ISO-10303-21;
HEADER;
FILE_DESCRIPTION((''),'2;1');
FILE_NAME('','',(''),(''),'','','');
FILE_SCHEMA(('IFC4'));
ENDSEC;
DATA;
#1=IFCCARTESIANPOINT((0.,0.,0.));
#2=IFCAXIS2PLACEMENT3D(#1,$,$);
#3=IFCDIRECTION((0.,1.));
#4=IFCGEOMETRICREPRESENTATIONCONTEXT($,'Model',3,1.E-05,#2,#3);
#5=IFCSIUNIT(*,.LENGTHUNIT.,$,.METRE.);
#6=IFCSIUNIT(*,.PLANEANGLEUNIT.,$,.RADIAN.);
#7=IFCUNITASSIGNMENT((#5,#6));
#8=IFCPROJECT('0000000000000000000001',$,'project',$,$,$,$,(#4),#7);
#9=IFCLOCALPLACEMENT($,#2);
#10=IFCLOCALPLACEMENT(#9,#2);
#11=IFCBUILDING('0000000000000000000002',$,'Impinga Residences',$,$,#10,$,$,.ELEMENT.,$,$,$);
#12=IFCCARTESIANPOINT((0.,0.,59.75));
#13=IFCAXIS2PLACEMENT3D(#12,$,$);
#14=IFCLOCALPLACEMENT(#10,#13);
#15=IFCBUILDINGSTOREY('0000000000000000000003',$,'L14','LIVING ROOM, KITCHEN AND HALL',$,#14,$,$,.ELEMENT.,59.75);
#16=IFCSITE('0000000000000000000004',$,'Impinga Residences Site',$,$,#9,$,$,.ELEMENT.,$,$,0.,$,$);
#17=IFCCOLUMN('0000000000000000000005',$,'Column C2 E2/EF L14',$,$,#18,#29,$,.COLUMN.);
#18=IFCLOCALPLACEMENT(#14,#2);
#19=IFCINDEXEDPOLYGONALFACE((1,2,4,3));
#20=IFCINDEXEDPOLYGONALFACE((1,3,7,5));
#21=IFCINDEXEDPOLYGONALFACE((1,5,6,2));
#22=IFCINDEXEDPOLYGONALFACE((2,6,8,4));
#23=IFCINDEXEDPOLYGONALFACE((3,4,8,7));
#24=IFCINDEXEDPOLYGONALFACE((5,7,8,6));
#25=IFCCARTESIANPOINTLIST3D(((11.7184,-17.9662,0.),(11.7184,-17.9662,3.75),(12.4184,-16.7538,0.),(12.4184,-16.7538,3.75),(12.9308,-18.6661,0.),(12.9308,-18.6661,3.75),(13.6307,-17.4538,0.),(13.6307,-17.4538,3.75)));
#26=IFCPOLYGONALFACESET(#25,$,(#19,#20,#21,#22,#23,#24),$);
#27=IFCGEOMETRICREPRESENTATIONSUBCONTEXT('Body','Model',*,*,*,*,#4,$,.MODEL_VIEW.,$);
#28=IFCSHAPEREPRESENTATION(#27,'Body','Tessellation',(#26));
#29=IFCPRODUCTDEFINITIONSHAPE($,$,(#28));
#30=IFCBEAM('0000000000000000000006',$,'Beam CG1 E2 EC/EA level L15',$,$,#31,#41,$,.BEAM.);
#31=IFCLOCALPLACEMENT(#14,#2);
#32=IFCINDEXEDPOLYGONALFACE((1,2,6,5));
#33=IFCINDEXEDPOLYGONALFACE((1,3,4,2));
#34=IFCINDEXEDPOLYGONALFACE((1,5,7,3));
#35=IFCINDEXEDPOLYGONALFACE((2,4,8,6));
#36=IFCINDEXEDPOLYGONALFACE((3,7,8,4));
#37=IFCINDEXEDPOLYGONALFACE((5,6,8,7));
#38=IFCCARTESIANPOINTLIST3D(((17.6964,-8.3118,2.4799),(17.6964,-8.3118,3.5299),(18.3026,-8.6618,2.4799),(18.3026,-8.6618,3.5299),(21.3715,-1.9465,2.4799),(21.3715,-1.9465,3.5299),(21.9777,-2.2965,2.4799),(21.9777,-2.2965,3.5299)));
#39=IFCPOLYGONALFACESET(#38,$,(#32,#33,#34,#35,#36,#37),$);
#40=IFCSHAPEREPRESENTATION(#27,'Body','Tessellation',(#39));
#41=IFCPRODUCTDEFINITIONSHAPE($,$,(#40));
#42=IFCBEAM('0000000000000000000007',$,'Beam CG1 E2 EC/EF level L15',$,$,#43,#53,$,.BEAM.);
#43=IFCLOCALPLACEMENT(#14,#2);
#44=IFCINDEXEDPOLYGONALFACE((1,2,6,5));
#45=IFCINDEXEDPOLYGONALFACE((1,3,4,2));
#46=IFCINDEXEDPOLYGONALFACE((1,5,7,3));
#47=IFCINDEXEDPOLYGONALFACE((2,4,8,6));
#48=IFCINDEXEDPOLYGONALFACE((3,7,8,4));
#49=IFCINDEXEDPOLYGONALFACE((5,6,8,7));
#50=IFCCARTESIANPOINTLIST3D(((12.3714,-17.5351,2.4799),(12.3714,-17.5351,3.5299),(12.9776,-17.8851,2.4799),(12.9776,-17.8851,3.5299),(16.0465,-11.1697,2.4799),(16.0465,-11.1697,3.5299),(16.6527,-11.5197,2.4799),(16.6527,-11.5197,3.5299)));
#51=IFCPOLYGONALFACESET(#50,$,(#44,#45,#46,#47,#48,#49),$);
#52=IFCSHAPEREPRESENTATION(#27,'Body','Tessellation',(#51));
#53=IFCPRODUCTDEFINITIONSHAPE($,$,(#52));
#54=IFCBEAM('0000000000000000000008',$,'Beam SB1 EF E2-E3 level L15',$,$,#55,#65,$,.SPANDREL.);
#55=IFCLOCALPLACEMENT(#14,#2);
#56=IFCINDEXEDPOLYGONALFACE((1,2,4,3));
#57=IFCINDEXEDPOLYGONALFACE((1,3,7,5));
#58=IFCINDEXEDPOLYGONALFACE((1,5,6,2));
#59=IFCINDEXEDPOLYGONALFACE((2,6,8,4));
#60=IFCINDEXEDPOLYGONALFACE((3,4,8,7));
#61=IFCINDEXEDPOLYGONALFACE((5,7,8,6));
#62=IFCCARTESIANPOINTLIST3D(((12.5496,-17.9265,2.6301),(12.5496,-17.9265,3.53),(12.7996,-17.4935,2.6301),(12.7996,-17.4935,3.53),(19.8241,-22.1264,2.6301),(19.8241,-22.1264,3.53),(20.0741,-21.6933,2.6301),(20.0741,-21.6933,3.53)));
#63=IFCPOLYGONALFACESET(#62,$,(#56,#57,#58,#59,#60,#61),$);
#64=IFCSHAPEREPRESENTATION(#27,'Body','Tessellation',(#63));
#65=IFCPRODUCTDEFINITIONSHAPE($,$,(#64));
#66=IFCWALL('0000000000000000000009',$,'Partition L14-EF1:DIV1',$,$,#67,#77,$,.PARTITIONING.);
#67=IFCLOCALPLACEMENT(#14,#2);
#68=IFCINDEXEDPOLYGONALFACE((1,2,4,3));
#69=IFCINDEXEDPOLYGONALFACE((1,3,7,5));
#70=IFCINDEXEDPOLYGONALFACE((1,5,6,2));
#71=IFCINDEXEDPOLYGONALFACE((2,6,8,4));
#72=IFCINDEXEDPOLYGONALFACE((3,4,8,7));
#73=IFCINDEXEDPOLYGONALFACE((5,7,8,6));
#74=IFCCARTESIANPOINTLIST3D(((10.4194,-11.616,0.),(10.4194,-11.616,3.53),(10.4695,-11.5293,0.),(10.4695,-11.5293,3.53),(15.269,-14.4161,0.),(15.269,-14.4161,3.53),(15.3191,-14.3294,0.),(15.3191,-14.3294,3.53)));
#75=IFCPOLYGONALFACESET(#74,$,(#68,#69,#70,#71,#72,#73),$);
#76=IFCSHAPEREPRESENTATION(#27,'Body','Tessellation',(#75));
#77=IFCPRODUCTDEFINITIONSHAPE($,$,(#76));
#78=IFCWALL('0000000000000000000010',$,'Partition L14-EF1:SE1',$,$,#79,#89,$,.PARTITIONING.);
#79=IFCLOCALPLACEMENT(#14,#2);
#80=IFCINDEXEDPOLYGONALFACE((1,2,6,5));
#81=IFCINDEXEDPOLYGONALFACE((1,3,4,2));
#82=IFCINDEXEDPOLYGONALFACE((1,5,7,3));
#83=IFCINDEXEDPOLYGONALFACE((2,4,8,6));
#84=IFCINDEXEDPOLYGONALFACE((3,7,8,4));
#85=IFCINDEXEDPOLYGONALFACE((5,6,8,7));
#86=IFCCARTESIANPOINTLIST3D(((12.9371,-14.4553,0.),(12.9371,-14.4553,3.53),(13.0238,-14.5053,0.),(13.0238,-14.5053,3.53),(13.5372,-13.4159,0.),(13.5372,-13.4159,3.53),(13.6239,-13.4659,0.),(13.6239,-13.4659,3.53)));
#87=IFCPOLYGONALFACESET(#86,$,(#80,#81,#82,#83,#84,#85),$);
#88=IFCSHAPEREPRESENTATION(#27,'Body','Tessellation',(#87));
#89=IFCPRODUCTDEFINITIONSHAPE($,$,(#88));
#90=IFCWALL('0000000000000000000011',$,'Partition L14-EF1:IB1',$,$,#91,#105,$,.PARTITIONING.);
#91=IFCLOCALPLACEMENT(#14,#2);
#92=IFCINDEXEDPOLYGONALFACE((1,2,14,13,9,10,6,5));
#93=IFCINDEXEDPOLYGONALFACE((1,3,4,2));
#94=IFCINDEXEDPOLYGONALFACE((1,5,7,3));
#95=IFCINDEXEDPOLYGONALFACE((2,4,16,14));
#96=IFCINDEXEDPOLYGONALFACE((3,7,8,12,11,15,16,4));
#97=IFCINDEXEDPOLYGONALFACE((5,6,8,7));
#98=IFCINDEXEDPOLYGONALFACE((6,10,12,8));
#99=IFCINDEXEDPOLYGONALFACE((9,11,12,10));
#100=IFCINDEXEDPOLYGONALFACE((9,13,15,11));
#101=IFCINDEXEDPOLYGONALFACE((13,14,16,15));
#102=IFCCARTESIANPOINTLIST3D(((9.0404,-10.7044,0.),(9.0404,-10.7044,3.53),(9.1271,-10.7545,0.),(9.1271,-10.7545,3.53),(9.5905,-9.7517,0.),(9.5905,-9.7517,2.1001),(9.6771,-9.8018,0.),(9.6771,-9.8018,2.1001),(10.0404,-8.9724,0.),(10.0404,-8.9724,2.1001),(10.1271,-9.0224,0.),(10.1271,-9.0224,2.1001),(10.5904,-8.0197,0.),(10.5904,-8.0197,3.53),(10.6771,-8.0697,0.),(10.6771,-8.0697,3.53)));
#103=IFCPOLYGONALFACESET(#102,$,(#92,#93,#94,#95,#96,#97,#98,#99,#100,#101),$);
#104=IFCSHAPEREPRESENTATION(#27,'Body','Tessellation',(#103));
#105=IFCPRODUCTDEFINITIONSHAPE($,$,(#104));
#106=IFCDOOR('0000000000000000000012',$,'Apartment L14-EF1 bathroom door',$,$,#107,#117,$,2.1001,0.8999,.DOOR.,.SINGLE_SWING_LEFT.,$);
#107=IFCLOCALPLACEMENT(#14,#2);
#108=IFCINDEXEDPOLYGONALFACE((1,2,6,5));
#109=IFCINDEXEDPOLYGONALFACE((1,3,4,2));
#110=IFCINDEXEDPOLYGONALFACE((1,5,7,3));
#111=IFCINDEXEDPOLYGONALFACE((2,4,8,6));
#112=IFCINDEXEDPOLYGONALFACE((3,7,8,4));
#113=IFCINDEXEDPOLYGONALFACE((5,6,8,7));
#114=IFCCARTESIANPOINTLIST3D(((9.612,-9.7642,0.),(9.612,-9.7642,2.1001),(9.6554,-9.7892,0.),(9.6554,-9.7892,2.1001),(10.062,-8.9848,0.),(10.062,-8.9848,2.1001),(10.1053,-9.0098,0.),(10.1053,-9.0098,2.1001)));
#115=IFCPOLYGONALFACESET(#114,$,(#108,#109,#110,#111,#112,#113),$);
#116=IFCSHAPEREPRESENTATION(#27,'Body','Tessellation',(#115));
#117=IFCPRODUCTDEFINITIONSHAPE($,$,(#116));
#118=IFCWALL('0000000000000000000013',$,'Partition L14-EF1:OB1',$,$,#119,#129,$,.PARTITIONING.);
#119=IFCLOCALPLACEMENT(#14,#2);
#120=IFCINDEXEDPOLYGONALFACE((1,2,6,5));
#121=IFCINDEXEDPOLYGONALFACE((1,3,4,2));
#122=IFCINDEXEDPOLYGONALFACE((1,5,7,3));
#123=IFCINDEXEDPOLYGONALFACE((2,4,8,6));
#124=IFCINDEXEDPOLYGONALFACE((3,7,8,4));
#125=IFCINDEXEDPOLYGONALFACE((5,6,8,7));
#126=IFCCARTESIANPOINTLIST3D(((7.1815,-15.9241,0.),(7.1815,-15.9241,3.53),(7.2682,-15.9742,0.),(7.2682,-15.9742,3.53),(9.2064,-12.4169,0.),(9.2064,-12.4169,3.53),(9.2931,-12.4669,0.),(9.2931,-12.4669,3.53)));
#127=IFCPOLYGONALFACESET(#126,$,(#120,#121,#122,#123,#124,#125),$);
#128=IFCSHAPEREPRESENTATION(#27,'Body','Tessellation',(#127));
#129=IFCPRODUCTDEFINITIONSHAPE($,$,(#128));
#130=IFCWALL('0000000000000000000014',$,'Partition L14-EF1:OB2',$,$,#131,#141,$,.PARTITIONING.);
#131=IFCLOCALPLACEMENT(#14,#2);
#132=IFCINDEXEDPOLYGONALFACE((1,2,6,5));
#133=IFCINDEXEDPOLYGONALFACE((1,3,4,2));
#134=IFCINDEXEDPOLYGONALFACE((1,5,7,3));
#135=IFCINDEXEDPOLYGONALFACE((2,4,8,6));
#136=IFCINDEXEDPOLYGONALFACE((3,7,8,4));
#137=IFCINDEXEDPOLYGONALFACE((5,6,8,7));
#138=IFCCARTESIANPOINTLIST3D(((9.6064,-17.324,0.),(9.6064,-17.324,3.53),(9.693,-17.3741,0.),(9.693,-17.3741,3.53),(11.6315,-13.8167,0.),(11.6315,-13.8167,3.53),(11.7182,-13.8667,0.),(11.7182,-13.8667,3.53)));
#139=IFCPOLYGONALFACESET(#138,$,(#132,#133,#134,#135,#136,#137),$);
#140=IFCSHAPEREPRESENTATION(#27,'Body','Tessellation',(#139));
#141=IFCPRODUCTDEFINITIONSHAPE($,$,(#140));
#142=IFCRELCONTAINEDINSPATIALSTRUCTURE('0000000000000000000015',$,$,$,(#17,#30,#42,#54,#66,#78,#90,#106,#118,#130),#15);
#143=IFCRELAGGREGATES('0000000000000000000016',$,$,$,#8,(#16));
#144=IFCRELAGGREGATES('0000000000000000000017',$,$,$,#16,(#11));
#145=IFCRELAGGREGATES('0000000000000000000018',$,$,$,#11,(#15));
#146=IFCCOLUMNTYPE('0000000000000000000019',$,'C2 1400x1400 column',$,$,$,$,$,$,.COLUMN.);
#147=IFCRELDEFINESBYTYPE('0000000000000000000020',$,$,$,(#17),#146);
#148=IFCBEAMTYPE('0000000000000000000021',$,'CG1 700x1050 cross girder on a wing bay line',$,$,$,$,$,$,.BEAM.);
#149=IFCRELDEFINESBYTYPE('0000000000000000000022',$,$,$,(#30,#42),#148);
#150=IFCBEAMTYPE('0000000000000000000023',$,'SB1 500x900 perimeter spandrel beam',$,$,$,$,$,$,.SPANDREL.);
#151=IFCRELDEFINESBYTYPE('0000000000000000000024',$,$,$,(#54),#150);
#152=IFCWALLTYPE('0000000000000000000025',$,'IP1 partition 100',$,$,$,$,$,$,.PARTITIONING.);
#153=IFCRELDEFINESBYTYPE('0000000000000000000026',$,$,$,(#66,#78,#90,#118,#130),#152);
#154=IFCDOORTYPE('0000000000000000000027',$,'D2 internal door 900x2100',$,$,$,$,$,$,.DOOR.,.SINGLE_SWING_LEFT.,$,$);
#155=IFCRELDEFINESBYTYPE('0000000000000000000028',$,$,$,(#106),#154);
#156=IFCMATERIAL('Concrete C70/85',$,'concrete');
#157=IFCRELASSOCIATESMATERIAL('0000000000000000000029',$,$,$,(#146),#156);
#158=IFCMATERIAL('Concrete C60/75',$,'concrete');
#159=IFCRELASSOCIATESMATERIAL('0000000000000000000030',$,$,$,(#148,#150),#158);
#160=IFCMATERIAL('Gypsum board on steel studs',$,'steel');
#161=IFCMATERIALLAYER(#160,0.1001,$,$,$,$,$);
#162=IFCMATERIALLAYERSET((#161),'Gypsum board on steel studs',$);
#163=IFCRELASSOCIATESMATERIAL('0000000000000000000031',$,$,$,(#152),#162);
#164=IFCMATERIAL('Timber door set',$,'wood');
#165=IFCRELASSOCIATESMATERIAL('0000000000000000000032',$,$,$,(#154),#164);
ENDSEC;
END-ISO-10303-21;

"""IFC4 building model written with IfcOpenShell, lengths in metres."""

from ifc_helpers import new_model, si_unit, direction, frame, frame_2d, origin, origin_2d, place, context, subcontext, project, spatial, rectangle, extrude, material, layer, layer_set, material_profile, profile_set, type_object, element, fill, save


model = new_model("IFC4")

# Units and contexts
model_context = context("Model", 3, precision=1e-05, world=origin(), true_north=direction((0.0, 1.0)))
body_context = subcontext(model_context, "Body", "Model", "MODEL_VIEW")
ifc_project = project(units=[si_unit("LENGTHUNIT", "METRE"), si_unit("PLANEANGLEUNIT", "RADIAN")], contexts=[model_context])

# Site, building, storey
site_placement = place(None, origin())
site = spatial("IfcSite", under=ifc_project, at=site_placement, Name="Impinga Residences Site", CompositionType="ELEMENT", RefElevation=0.0)
building_placement = place(site_placement, origin())
building = spatial("IfcBuilding", under=site, at=building_placement, Name="Impinga Residences", CompositionType="ELEMENT")
storey_placement = place(building_placement, frame((0.0, 0.0, 59.75)))
storey = spatial("IfcBuildingStorey", under=building, at=storey_placement, Name="L14", Description="LIVING ROOM, KITCHEN AND HALL", CompositionType="ELEMENT", Elevation=59.75)

# Column
ifc_material_1 = material(Name="Concrete C70/85", Category="concrete")
ifc_material_profile_1 = material_profile(ifc_material_1, rectangle(XDim=1.3999, YDim=1.3999, at=origin_2d()), Name="RC 1400x1400")
ifc_profile_set_1 = profile_set([ifc_material_profile_1], Name="Concrete C70/85")
column_type = type_object("IfcColumnType", Name="C2 1400x1400 column", PredefinedType="COLUMN", material=ifc_profile_set_1)
column_placement = place(storey_placement, frame((12.6746, -17.71, 0.0), z_axis=(0.0, 0.0, 1.0), x_axis=(-0.5, -0.866025, 0.0)))
element("IfcColumn", 1, at=column_placement, inside=storey, type_object=column_type, Name="Column C2 E2/EF L14", PredefinedType="COLUMN", context=body_context, shape_type="SweptSolid", body=[
    extrude(rectangle(XDim=1.3999, YDim=1.3999, at=origin_2d()), origin(), (0.0, 0.0, 1.0), 3.75),
])

# Beams
ifc_material_2 = material(Name="Concrete C60/75", Category="concrete")
ifc_material_profile_2 = material_profile(ifc_material_2, rectangle(XDim=0.7, YDim=1.05, at=origin_2d()), Name="RC 700x1050")
ifc_profile_set_2 = profile_set([ifc_material_profile_2], Name="Concrete C60/75")
beam_type_1 = type_object("IfcBeamType", Name="CG1 700x1050 cross girder on a wing bay line", PredefinedType="BEAM", material=ifc_profile_set_2)
for number, where, z_axis, x_axis, name in (
    (2, (17.9995, -8.4868, 3.0049), (0.500008, 0.866021, 0.0), (-0.866021, 0.500008, 0.0), "Beam CG1 E2 EC/EA level L15"),
    (3, (16.3496, -11.3447, 3.0049), (-0.500008, -0.866021, 0.0), (0.866021, -0.500008, 0.0), "Beam CG1 E2 EC/EF level L15"),
):
    element("IfcBeam", number, at=place(storey_placement, frame(where, z_axis=z_axis, x_axis=x_axis)), inside=storey, type_object=beam_type_1, Name=name, PredefinedType="BEAM", context=body_context, shape_type="SweptSolid", body=[
        extrude(rectangle(XDim=0.7, YDim=1.05, at=origin_2d()), origin(), (0.0, 0.0, 1.0), 7.3501),
    ])
ifc_material_profile_3 = material_profile(ifc_material_2, rectangle(XDim=0.5, YDim=0.8999, at=origin_2d()), Name="RC 500x900")
ifc_profile_set_3 = profile_set([ifc_material_profile_3], Name="Concrete C60/75")
beam_type_2 = type_object("IfcBeamType", Name="SB1 500x900 perimeter spandrel beam", PredefinedType="SPANDREL", material=ifc_profile_set_3)
beam_placement = place(storey_placement, frame((12.6746, -17.71, 3.0801), z_axis=(0.866029, -0.499993, 0.0), x_axis=(0.499993, 0.866029, 0.0)))
element("IfcBeam", 4, at=beam_placement, inside=storey, type_object=beam_type_2, Name="Beam SB1 EF E2-E3 level L15", PredefinedType="SPANDREL", context=body_context, shape_type="SweptSolid", body=[
    extrude(rectangle(XDim=0.5, YDim=0.8999, at=origin_2d()), origin(), (0.0, 0.0, 1.0), 8.3999),
])

# Walls
ifc_material_3 = material(Name="Gypsum board on steel studs", Category="steel")
ifc_layer_1 = layer(ifc_material_3, 0.1001)
ifc_layer_set_1 = layer_set([ifc_layer_1], Name="Gypsum board on steel studs")
wall_type_1 = type_object("IfcWallType", Name="IP1 partition 100", PredefinedType="PARTITIONING", material=ifc_layer_set_1)
wall_1_placement = place(storey_placement, frame((10.4446, -11.5728, 0.0), z_axis=(0.0, 0.0, 1.0), x_axis=(0.866016, -0.500017, 0.0)))
element("IfcWall", 5, at=wall_1_placement, inside=storey, type_object=wall_type_1, Name="Partition L14-EF1:DIV1", PredefinedType="PARTITIONING", context=body_context, shape_type="SweptSolid", body=[
    extrude(rectangle(XDim=5.5999, YDim=0.1001, at=frame_2d((2.7998, 0.0))), origin(), (0.0, 0.0, 1.0), 3.53),
])
wall_2_placement = place(storey_placement, frame((13.5806, -13.4409, 0.0), z_axis=(0.0, 0.0, 1.0), x_axis=(-0.500034, -0.866006, 0.0)))
element("IfcWall", 6, at=wall_2_placement, inside=storey, type_object=wall_type_1, Name="Partition L14-EF1:SE1", PredefinedType="PARTITIONING", context=body_context, shape_type="SweptSolid", body=[
    extrude(rectangle(XDim=1.2002, YDim=0.1001, at=frame_2d((0.6001, 0.0))), origin(), (0.0, 0.0, 1.0), 3.53),
])

# Wall, opening, door
wall_3_placement = place(storey_placement, frame((10.6338, -8.0447, 0.0), z_axis=(0.0, 0.0, 1.0), x_axis=(-0.499993, -0.86603, 0.0)))
wall_3 = element("IfcWall", 7, at=wall_3_placement, inside=storey, type_object=wall_type_1, Name="Partition L14-EF1:IB1", PredefinedType="PARTITIONING", context=body_context, shape_type="SweptSolid", body=[
    extrude(rectangle(XDim=3.1001, YDim=0.1001, at=frame_2d((1.55, 0.0))), origin(), (0.0, 0.0, 1.0), 3.53),
])
opening_1_placement = place(wall_3_placement, frame((1.1001, 0.0, 0.0)))
opening_1 = element("IfcOpeningElement", 8, at=opening_1_placement, cuts=wall_3, PredefinedType="OPENING", context=body_context, shape_type="SweptSolid", body=[
    extrude(rectangle(XDim=0.8999, YDim=2.1001, at=frame_2d((0.45, 1.05))), frame((0.0, 0.0601, 0.0), z_axis=(0.0, -1.0, 0.0), x_axis=(1.0, 0.0, 0.0)), (0.0, 0.0, 1.0), 0.1201),
])
ifc_material_4 = material(Name="Timber door set", Category="wood")
door_type = type_object("IfcDoorType", Name="D2 internal door 900x2100", OperationType="SINGLE_SWING_LEFT", PredefinedType="DOOR", material=ifc_material_4)
door_1_placement = place(opening_1_placement, origin())
door_1 = element("IfcDoor", 9, at=door_1_placement, inside=storey, type_object=door_type, Name="Apartment L14-EF1 bathroom door", OperationType="SINGLE_SWING_LEFT", OverallHeight=2.1001, OverallWidth=0.8999, PredefinedType="DOOR", context=body_context, shape_type="SweptSolid", body=[
    extrude(rectangle(XDim=0.8999, YDim=2.1001, at=frame_2d((0.45, 1.05))), frame((0.0, 0.0249, 0.0), z_axis=(0.0, -1.0, 0.0), x_axis=(1.0, 0.0, 0.0)), (0.0, 0.0, 1.0), 0.05),
])
fill(opening_1, door_1)

# Walls
wall_4_placement = place(storey_placement, frame((9.2498, -12.4419, 0.0), z_axis=(0.0, 0.0, 1.0), x_axis=(-0.49999, -0.866031, 0.0)))
element("IfcWall", 10, at=wall_4_placement, inside=storey, type_object=wall_type_1, Name="Partition L14-EF1:OB1", PredefinedType="PARTITIONING", context=body_context, shape_type="SweptSolid", body=[
    extrude(rectangle(XDim=4.0498, YDim=0.1001, at=frame_2d((2.0249, 0.0))), origin(), (0.0, 0.0, 1.0), 3.53),
])
wall_5_placement = place(storey_placement, frame((11.6748, -13.8418, 0.0), z_axis=(0.0, 0.0, 1.0), x_axis=(-0.500036, -0.866005, 0.0)))
element("IfcWall", 11, at=wall_5_placement, inside=storey, type_object=wall_type_1, Name="Partition L14-EF1:OB2", PredefinedType="PARTITIONING", context=body_context, shape_type="SweptSolid", body=[
    extrude(rectangle(XDim=4.05, YDim=0.1001, at=frame_2d((2.0249, 0.0))), origin(), (0.0, 0.0, 1.0), 3.53),
])

save(model, "model.ifc")
